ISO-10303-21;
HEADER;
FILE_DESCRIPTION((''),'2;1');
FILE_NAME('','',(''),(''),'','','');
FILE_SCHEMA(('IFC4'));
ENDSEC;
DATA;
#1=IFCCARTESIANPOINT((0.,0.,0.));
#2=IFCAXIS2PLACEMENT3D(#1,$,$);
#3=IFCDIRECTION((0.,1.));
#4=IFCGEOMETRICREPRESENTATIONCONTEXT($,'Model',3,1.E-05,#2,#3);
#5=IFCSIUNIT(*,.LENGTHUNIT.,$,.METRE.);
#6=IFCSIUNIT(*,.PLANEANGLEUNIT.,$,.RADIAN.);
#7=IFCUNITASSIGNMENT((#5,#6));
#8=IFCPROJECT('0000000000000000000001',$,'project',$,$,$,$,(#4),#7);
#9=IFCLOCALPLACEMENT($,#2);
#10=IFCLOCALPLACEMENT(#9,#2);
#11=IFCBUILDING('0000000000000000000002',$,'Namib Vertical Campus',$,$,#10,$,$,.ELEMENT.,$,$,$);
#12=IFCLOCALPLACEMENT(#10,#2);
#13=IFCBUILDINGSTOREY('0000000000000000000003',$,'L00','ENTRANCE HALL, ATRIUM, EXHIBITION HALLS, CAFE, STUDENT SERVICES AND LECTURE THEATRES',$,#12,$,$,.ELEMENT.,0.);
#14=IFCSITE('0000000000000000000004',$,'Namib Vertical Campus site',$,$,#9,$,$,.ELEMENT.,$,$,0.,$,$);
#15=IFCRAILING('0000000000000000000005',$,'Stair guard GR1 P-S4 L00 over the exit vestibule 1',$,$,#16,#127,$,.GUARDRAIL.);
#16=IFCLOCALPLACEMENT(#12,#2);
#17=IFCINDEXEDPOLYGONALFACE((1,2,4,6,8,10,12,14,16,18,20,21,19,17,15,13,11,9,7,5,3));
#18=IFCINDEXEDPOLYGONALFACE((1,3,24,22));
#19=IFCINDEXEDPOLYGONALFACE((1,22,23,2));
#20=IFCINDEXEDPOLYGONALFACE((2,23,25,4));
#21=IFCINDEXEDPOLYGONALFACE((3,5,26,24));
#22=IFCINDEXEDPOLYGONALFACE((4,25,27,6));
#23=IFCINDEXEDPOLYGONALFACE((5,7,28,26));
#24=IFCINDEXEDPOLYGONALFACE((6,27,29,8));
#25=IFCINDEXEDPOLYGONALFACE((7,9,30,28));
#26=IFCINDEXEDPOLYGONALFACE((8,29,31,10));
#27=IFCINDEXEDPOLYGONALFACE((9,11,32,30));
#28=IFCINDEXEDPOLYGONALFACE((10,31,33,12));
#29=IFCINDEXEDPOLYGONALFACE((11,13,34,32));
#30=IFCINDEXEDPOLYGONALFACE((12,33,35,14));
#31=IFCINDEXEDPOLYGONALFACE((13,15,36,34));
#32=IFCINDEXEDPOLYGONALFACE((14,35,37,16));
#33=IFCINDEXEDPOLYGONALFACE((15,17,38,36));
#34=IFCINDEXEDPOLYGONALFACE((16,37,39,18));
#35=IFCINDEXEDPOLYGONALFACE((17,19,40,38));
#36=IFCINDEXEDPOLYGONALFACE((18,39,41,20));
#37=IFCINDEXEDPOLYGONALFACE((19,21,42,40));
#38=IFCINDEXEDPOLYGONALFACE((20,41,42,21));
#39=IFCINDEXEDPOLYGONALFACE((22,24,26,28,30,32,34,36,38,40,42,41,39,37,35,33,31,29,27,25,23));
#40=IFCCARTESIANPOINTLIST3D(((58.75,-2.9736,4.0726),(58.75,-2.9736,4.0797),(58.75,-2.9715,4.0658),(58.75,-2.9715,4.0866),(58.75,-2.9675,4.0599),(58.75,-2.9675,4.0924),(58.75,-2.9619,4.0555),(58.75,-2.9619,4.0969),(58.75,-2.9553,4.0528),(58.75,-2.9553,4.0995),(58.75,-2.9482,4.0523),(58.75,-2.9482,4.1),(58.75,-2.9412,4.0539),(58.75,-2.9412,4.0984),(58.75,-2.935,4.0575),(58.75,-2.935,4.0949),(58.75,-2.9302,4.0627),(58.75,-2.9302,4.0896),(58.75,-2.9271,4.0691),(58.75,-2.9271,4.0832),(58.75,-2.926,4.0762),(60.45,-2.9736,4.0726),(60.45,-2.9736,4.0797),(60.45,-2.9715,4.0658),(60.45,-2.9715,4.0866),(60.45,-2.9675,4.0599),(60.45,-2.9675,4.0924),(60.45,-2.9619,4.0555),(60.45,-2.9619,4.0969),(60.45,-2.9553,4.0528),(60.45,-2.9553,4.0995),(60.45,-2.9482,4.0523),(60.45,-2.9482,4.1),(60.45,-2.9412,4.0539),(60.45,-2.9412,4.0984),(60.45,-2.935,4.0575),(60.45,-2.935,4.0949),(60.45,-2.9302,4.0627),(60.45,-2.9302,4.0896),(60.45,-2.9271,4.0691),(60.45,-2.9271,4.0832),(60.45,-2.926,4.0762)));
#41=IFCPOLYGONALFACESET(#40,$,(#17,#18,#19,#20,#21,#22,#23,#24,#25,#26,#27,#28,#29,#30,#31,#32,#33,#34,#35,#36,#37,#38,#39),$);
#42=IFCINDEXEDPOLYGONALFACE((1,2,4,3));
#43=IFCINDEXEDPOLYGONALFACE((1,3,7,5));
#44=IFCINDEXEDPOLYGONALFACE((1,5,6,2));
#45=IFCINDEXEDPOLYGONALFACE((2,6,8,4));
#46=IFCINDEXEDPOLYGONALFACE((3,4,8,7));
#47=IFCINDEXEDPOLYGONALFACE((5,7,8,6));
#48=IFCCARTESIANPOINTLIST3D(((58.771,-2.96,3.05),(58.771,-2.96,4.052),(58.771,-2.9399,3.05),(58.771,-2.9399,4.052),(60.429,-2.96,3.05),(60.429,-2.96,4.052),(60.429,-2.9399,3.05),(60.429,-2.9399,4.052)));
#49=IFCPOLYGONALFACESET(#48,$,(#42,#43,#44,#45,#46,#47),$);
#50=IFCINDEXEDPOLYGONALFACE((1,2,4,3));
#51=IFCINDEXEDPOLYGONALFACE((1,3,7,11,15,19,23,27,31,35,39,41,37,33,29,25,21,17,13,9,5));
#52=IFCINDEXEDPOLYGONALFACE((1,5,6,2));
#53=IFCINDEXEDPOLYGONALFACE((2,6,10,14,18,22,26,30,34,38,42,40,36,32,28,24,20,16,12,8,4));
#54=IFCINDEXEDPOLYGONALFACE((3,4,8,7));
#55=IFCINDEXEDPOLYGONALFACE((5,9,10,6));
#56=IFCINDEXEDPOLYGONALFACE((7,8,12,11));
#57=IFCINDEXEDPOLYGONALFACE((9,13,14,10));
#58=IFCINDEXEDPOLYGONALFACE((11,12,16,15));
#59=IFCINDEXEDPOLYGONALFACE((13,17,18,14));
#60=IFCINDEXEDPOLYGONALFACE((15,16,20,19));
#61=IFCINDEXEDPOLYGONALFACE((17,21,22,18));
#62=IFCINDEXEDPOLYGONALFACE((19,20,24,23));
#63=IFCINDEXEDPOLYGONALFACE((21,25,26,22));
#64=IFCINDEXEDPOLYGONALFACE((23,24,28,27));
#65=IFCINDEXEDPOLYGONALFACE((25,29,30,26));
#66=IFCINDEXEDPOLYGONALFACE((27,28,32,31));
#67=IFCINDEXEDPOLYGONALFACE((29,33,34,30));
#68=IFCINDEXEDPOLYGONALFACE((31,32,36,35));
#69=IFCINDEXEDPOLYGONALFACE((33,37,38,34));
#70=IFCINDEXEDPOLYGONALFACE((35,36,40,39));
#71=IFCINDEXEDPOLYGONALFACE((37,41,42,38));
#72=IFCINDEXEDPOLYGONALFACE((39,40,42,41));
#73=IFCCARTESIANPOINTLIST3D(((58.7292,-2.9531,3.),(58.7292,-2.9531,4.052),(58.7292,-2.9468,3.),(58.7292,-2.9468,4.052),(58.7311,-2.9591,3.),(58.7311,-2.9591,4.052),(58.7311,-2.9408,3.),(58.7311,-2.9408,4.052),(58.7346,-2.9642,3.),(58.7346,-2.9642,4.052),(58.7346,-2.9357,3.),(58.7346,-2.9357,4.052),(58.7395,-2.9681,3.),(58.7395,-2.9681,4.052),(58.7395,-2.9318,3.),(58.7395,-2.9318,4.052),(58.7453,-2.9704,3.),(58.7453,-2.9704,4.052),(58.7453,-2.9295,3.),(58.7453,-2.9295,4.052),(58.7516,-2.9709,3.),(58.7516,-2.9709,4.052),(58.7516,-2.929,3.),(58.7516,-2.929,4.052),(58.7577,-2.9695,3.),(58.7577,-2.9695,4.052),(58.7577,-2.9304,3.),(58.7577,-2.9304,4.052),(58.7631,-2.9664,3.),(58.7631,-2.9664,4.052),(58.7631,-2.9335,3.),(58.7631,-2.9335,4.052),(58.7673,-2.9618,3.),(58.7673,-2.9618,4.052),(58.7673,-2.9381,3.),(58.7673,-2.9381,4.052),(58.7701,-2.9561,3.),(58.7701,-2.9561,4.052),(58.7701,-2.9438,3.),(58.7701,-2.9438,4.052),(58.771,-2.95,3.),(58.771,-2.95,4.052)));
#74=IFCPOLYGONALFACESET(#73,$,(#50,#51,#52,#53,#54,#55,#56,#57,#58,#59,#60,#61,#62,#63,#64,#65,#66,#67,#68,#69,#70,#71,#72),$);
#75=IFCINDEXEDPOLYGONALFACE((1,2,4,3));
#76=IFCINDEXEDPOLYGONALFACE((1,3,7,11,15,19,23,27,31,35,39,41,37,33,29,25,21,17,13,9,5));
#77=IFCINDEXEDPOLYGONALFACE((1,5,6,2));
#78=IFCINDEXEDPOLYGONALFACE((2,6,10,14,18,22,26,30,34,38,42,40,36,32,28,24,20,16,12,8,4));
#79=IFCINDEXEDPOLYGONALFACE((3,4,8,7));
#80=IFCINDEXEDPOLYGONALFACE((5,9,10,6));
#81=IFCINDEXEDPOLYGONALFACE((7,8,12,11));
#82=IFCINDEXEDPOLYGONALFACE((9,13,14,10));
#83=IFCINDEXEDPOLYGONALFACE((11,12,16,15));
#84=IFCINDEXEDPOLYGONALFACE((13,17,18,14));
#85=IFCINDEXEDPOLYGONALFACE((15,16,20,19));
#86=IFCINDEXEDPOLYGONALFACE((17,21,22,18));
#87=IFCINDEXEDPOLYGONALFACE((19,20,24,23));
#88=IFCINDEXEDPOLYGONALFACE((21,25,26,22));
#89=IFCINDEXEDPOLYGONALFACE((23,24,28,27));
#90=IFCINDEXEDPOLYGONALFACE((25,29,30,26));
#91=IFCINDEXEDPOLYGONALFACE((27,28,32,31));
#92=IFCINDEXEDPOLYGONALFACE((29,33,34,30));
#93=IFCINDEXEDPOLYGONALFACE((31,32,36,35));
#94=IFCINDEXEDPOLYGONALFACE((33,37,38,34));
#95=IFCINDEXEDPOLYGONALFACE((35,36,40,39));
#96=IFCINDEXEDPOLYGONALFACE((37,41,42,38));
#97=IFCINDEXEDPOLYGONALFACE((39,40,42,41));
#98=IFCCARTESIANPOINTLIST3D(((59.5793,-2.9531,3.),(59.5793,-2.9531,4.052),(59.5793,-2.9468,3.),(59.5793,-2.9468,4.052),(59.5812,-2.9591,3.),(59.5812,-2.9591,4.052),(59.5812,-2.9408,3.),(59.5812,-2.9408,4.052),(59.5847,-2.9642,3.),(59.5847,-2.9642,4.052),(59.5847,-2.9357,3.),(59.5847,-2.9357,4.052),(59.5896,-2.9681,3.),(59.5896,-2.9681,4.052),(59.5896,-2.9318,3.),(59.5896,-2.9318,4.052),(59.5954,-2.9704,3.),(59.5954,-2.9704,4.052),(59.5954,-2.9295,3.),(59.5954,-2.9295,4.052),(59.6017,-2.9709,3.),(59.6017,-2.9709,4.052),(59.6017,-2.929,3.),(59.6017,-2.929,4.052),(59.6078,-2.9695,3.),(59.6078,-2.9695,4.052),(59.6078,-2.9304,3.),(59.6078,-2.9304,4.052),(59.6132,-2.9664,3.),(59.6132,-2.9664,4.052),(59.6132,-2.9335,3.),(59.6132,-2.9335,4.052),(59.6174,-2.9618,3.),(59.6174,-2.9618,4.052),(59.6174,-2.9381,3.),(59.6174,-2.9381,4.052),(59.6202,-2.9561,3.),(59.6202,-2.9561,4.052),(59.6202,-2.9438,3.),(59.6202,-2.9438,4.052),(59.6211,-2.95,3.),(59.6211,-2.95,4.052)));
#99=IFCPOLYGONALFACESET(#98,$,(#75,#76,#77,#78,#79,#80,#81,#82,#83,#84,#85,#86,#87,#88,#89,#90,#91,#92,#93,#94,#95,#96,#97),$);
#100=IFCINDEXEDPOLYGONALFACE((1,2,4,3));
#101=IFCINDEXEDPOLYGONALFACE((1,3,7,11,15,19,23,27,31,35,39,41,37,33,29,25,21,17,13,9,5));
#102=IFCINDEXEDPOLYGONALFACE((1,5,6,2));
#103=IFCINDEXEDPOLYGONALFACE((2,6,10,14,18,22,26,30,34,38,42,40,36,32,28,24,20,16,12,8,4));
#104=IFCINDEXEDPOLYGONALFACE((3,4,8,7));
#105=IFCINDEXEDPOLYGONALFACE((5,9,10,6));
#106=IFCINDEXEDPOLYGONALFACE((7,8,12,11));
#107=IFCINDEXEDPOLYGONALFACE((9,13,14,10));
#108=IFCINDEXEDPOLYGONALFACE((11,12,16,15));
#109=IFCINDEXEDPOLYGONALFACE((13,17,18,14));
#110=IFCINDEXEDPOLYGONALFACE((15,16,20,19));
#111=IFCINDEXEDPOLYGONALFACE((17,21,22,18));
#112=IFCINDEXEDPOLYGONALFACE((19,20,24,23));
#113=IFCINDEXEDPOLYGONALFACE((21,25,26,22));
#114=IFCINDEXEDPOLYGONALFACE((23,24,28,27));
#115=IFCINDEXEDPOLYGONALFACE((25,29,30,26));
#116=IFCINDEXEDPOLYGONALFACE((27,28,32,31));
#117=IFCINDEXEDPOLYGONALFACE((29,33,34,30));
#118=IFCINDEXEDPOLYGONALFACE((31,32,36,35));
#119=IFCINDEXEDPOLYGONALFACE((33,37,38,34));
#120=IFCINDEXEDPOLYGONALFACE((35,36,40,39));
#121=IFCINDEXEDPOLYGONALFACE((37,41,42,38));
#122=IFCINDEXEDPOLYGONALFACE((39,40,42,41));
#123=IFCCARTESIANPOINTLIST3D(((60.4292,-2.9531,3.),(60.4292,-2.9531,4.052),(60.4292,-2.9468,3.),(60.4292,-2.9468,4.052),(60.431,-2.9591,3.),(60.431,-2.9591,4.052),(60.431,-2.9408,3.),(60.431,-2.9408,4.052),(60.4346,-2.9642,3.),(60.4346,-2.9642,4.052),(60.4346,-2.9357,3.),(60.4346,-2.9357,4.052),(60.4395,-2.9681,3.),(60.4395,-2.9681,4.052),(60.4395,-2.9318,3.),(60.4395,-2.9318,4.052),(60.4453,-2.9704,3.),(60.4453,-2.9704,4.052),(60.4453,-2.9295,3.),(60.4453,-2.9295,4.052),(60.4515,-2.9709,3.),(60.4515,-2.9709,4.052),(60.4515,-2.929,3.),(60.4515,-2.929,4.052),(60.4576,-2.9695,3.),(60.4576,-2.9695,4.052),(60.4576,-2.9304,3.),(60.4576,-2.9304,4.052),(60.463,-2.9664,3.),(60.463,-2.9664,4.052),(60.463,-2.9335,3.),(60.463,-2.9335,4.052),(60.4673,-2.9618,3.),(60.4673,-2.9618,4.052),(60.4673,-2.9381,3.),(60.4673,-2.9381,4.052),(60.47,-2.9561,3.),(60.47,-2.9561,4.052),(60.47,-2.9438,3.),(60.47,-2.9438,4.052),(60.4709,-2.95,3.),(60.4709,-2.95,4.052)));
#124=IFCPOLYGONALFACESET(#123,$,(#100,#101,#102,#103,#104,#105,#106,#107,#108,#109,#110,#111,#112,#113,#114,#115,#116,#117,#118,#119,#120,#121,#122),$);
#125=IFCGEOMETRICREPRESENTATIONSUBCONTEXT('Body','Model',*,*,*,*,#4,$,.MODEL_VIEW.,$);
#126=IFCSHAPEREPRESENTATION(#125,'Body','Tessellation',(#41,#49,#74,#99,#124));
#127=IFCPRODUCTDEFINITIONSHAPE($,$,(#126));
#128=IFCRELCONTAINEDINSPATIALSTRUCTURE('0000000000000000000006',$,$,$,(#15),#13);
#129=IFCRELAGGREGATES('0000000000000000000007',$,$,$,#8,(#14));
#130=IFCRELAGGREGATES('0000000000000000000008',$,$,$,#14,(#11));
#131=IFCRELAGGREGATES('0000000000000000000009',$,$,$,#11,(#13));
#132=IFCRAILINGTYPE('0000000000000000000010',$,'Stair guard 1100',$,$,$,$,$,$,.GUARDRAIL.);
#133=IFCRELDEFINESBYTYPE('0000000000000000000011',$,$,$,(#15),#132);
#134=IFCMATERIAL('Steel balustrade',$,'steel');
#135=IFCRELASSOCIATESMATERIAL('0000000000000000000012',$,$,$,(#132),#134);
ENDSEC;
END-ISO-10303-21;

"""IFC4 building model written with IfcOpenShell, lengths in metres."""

from ifc_helpers import new_model, si_unit, direction, frame, origin, origin_2d, place, context, subcontext, project, spatial, polyline, circle, outline, extrude, material, type_object, element, save


model = new_model("IFC4")

# Units and contexts
model_context = context("Model", 3, precision=1e-05, world=origin(), true_north=direction((0.0, 1.0)))
body_context = subcontext(model_context, "Body", "Model", "MODEL_VIEW")
ifc_project = project(units=[si_unit("LENGTHUNIT", "METRE"), si_unit("PLANEANGLEUNIT", "RADIAN")], contexts=[model_context])

# Site, building, storey
site_placement = place(None, origin())
site = spatial("IfcSite", under=ifc_project, at=site_placement, Name="Namib Vertical Campus site", CompositionType="ELEMENT", RefElevation=0.0)
building_placement = place(site_placement, origin())
building = spatial("IfcBuilding", under=site, at=building_placement, Name="Namib Vertical Campus", CompositionType="ELEMENT")
storey_placement = place(building_placement, origin())
storey = spatial("IfcBuildingStorey", under=building, at=storey_placement, Name="L00", Description="ENTRANCE HALL, ATRIUM, EXHIBITION HALLS, CAFE, STUDENT SERVICES AND LECTURE THEATRES", CompositionType="ELEMENT", Elevation=0.0)

# Railing
ifc_material_1 = material(Name="Steel balustrade", Category="steel")
railing_type_1 = type_object("IfcRailingType", Name="Stair guard 1100", PredefinedType="GUARDRAIL", material=ifc_material_1)
railing_1_placement = place(storey_placement, frame((58.75, -2.95, 3.0)))
element("IfcRailing", 1, at=railing_1_placement, inside=storey, type_object=railing_type_1, Name="Stair guard GR1 P-S4 L00 over the exit vestibule 1", PredefinedType="GUARDRAIL", context=body_context, shape_type="SweptSolid", body=[
    extrude(circle(Radius=0.0239, at=origin_2d()), frame((0.0, 0.0, 1.0762), z_axis=(1.0, 0.0, 0.0), x_axis=(0.0, 1.0, 0.0)), (0.0, 0.0, 1.0), 1.7),
    extrude(outline(polyline([(0.021, 0.05), (1.679, 0.05), (1.679, 1.052), (0.021, 1.052), (0.021, 0.05)])), frame((0.0, 0.01, 0.0), z_axis=(0.0, -1.0, 0.0), x_axis=(1.0, 0.0, 0.0)), (0.0, 0.0, 1.0), 0.02),
    extrude(circle(Radius=0.021, at=origin_2d()), origin(), (0.0, 0.0, 1.0), 1.052),
    extrude(circle(Radius=0.021, at=origin_2d()), frame((0.8501, 0.0, 0.0)), (0.0, 0.0, 1.0), 1.052),
    extrude(circle(Radius=0.021, at=origin_2d()), frame((1.7, 0.0, 0.0)), (0.0, 0.0, 1.0), 1.052),
])

save(model, "model.ifc")
